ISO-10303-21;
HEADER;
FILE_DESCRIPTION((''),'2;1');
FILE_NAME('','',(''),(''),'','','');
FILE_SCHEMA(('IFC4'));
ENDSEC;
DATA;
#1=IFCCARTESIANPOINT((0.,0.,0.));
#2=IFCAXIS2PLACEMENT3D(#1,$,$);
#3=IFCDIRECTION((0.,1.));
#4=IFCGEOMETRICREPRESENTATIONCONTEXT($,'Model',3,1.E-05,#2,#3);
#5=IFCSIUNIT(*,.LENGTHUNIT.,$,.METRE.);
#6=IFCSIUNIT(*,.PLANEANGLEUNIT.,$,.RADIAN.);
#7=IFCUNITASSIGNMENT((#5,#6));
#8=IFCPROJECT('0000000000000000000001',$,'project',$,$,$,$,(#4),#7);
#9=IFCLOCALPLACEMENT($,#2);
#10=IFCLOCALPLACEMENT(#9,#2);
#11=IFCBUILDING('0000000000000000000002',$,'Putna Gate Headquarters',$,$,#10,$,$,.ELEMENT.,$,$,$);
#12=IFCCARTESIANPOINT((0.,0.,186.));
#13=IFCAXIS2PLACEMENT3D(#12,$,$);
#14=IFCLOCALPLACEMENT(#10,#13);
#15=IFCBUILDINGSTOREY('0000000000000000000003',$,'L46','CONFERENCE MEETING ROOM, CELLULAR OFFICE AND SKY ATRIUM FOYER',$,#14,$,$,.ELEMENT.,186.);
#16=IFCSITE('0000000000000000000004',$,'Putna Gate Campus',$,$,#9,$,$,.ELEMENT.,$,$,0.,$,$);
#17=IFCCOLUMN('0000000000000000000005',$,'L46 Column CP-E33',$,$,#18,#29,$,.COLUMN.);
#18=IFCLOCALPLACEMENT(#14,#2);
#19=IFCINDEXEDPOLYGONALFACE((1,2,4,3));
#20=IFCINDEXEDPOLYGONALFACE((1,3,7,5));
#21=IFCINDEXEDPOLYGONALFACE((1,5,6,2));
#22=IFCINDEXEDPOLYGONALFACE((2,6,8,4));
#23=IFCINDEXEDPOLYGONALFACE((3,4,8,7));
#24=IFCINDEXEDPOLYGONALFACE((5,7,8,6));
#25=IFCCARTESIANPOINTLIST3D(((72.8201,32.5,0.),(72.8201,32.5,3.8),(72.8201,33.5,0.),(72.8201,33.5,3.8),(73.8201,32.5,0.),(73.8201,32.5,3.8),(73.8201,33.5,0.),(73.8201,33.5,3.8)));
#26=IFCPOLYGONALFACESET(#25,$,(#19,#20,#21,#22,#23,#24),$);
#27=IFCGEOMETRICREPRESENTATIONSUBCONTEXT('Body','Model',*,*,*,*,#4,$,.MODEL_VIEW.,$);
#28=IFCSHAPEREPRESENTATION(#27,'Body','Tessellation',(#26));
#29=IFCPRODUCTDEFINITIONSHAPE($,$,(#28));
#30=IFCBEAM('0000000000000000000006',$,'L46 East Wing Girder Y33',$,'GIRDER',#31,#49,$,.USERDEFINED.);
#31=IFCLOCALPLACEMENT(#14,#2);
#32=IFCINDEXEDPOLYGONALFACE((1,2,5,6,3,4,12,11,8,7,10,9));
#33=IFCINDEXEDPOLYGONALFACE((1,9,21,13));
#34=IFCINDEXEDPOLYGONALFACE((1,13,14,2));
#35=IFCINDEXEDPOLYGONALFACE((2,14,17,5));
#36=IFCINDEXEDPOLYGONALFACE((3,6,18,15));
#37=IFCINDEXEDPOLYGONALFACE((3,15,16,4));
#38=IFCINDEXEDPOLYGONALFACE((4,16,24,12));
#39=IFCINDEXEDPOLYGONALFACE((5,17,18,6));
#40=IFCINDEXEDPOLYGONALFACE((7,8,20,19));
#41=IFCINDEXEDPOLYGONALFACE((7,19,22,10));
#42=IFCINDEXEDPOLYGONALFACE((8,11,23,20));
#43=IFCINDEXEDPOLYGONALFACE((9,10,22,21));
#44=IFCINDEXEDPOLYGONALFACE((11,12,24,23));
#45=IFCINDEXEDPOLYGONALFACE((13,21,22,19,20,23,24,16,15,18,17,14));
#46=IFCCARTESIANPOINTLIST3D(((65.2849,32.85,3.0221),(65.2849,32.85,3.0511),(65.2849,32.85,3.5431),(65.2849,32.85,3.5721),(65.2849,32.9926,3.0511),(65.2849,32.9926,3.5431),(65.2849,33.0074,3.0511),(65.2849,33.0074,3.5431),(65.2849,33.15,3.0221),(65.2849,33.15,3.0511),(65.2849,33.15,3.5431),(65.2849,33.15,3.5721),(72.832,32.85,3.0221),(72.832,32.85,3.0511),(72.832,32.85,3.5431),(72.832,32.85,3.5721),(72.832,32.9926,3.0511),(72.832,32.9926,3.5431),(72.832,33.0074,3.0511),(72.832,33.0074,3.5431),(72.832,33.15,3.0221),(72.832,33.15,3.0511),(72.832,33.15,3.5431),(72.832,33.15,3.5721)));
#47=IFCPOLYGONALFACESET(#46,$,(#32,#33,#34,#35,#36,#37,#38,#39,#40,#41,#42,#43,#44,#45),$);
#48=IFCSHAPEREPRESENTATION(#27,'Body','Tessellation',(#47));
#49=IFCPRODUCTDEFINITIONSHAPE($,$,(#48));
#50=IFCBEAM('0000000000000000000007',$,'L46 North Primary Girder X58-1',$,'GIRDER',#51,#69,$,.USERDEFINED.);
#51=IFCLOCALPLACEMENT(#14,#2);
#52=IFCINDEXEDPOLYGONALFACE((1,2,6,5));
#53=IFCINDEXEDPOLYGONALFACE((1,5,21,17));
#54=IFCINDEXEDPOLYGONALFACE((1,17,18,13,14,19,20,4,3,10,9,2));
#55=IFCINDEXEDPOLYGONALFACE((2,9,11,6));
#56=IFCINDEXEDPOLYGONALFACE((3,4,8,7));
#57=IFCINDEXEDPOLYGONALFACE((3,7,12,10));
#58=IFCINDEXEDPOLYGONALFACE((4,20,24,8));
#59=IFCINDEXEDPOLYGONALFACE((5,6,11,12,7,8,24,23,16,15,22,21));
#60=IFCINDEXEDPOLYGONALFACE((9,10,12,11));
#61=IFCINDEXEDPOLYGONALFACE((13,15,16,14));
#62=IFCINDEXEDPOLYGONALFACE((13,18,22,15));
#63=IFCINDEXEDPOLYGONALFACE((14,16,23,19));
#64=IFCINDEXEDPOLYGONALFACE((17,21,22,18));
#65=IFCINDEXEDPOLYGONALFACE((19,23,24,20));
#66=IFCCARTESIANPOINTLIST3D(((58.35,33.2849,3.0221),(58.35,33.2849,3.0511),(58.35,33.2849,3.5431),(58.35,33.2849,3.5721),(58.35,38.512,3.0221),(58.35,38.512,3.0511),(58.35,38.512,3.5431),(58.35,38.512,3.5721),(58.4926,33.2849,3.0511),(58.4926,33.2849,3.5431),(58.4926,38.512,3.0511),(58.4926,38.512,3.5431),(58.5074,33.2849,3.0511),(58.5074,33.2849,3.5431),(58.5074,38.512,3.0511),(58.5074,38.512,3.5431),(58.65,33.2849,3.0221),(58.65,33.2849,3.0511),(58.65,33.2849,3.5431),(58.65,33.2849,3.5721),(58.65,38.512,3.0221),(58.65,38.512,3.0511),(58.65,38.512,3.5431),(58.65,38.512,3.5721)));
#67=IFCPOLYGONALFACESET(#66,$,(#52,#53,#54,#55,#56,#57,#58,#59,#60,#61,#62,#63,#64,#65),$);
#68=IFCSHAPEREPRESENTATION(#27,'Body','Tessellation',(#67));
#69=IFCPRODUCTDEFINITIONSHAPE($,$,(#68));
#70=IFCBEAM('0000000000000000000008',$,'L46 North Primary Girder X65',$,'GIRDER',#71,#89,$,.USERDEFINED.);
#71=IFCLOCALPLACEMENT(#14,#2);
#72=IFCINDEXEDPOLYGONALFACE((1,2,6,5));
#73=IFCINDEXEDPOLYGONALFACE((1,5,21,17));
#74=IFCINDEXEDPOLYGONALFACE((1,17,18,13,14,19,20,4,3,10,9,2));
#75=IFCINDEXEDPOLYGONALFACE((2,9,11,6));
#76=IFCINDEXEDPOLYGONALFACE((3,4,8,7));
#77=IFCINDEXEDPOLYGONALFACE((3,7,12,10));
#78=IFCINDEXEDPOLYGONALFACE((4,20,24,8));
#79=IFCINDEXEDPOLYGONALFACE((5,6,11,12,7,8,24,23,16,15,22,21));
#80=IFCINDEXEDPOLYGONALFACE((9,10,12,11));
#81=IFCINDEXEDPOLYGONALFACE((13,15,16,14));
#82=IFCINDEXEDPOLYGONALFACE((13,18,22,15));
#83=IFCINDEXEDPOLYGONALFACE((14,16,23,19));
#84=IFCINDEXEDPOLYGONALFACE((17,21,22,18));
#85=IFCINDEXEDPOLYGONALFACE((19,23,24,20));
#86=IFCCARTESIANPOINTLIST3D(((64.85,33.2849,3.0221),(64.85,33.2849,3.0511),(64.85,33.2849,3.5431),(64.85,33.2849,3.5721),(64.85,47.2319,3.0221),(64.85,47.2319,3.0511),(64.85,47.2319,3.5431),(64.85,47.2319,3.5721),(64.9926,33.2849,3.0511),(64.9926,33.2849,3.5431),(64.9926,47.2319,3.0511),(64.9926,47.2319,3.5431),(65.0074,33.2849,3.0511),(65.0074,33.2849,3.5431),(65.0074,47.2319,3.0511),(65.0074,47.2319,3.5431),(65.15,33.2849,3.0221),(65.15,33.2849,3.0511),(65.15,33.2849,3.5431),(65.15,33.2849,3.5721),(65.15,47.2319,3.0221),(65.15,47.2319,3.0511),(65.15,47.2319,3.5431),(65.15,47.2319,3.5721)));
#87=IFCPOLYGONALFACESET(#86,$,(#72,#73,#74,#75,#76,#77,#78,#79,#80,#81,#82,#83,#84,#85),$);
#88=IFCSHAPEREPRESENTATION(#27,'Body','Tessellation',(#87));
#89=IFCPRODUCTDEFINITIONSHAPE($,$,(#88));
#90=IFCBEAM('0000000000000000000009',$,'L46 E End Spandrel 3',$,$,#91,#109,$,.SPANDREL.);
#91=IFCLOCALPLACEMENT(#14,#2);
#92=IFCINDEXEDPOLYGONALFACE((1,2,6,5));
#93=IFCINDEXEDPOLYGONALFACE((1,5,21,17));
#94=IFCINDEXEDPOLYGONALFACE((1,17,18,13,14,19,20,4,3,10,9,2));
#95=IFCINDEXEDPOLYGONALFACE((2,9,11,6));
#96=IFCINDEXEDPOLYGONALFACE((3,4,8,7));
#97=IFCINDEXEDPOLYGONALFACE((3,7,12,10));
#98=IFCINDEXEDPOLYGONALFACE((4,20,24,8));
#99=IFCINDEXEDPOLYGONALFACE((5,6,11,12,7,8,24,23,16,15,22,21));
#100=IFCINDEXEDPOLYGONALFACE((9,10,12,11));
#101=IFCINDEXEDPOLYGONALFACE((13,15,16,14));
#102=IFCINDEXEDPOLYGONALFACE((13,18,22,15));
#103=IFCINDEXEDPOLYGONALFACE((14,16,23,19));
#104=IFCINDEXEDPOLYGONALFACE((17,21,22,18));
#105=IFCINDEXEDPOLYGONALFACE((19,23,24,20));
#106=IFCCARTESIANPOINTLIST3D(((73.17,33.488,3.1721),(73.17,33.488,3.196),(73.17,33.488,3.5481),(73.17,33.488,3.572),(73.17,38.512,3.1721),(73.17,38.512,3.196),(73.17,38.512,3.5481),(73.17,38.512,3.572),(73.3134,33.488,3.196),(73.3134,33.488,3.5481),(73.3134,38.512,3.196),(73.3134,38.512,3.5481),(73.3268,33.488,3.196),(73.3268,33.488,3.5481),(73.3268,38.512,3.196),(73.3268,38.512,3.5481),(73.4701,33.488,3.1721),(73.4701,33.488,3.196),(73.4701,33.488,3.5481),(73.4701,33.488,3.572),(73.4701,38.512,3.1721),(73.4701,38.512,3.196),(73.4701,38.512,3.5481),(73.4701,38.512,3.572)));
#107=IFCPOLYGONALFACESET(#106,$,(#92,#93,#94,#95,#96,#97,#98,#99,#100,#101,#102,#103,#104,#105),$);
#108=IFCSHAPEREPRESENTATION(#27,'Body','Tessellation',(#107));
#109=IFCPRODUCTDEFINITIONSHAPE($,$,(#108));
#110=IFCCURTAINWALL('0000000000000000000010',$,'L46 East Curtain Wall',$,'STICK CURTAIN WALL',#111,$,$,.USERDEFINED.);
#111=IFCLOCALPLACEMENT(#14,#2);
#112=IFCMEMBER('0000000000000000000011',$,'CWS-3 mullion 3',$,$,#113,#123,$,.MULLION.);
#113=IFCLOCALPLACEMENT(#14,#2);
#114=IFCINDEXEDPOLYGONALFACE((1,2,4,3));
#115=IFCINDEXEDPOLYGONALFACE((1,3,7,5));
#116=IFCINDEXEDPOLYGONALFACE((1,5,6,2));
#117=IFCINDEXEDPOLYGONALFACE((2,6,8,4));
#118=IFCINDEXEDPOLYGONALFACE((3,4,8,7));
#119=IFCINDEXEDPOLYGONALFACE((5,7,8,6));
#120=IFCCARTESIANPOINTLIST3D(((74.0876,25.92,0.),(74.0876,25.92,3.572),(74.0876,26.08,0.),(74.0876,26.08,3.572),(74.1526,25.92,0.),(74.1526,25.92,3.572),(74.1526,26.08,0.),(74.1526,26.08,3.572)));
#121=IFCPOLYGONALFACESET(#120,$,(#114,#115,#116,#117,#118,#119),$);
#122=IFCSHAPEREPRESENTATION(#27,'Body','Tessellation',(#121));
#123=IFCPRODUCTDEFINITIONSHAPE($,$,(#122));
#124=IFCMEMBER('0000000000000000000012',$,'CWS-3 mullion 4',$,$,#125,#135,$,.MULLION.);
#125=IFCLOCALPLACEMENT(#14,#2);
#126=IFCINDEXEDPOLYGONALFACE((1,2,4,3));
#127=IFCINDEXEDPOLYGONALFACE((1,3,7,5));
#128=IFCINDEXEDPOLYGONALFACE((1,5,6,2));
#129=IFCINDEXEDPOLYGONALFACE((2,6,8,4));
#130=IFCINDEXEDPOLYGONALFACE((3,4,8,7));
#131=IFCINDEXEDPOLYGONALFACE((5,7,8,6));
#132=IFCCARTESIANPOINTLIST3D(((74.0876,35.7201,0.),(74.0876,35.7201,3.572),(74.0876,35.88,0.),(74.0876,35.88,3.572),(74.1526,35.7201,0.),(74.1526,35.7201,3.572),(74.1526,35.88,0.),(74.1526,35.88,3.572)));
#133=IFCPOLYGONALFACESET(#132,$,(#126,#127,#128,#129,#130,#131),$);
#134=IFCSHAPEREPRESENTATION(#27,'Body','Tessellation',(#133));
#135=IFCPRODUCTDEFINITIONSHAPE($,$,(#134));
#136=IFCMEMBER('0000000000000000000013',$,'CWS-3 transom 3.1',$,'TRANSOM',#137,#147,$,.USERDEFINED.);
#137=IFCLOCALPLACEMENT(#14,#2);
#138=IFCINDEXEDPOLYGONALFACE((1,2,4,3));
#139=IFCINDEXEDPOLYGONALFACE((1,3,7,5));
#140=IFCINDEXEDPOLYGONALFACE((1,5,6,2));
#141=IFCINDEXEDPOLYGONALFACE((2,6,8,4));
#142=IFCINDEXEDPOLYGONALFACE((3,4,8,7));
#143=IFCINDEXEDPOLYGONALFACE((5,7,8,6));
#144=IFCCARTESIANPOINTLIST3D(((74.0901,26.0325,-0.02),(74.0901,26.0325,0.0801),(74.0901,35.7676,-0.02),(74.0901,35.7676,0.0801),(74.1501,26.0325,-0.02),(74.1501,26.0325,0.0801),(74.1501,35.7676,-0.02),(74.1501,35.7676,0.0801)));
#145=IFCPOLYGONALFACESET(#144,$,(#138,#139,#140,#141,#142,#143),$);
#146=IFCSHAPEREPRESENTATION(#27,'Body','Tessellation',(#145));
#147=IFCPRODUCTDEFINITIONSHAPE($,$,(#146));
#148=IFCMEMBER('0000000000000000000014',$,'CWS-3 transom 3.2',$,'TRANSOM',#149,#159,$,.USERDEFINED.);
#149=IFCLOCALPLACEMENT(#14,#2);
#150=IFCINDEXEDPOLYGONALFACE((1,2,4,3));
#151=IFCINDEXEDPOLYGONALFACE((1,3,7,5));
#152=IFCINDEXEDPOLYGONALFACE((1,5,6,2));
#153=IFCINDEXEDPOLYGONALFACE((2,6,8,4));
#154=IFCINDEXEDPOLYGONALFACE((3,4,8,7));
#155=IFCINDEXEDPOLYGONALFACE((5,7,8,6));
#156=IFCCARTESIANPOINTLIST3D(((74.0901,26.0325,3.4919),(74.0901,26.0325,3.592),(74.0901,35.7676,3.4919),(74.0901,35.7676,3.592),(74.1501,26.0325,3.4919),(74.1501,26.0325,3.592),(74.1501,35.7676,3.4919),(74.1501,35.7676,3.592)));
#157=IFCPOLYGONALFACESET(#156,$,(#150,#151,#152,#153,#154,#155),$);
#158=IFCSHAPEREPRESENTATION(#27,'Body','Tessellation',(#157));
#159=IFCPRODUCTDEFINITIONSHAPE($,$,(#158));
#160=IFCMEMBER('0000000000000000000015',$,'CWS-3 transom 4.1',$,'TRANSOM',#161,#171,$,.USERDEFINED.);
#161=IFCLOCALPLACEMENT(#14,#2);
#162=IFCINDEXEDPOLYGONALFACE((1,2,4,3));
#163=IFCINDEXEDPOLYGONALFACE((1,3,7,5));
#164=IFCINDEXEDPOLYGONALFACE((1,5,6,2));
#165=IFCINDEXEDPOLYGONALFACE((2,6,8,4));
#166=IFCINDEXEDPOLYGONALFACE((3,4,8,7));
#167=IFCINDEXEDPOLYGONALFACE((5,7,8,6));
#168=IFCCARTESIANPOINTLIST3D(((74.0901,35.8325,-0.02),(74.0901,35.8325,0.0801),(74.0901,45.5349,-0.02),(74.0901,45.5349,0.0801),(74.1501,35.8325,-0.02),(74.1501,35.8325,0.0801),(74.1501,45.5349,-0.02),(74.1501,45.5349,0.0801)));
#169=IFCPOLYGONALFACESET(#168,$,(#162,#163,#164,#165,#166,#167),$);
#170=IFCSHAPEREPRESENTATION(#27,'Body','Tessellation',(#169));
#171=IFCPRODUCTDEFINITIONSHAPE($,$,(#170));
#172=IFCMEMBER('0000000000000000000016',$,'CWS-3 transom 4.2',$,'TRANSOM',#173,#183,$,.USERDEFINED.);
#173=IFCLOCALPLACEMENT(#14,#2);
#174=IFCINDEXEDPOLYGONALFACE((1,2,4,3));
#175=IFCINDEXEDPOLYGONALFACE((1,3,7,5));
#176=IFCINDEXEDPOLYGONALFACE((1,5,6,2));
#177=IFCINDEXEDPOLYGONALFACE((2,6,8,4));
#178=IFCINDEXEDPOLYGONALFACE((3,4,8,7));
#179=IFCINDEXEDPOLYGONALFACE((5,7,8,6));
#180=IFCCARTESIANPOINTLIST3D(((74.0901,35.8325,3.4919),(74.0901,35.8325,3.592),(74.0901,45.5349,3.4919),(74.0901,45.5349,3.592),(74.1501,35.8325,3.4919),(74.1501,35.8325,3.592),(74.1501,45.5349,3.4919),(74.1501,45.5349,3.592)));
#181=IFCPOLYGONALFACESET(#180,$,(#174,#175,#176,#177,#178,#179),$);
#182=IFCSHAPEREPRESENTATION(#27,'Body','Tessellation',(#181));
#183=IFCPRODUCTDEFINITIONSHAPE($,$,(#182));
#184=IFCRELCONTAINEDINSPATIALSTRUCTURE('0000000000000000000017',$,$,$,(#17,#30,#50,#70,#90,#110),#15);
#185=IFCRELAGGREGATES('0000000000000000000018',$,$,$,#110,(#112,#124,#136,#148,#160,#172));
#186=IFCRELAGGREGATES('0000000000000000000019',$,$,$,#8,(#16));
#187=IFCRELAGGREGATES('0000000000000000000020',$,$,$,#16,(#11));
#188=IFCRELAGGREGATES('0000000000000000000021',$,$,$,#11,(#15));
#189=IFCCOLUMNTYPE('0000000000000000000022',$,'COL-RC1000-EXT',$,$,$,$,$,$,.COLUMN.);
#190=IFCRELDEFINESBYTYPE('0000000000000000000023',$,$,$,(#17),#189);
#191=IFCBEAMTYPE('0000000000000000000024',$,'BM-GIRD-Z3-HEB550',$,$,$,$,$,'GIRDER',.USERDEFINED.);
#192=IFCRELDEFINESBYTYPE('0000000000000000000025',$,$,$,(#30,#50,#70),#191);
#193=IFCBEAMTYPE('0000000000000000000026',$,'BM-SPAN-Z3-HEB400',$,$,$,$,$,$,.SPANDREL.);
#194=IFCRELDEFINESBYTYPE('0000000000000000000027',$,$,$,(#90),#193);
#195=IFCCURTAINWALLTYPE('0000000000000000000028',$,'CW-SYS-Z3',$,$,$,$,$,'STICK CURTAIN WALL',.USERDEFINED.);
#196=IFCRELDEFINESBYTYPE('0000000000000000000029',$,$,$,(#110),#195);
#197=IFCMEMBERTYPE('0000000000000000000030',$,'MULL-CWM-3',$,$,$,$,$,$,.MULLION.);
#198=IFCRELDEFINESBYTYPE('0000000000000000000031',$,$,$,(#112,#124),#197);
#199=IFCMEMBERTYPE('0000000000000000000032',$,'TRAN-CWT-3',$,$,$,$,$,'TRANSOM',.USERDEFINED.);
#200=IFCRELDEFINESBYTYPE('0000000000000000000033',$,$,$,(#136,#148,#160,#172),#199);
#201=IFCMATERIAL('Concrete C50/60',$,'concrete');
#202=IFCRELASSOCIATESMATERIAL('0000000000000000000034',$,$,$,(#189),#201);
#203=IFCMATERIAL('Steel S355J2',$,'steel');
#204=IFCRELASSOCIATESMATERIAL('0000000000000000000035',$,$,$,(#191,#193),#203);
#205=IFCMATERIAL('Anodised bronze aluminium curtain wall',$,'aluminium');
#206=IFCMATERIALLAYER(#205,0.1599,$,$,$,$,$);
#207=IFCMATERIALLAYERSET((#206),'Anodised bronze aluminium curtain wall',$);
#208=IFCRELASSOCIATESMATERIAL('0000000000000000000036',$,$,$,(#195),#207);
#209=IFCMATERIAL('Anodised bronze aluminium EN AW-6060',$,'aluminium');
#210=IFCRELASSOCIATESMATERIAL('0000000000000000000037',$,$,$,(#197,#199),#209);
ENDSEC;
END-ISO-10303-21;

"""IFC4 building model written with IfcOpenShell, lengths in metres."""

from ifc_helpers import new_model, si_unit, direction, frame, origin, origin_2d, place, context, subcontext, project, spatial, rectangle, i_section, extrude, material, layer, layer_set, material_profile, profile_set, type_object, element, aggregate, save


model = new_model("IFC4")

# Units and contexts
model_context = context("Model", 3, precision=1e-05, world=origin(), true_north=direction((0.0, 1.0)))
body_context = subcontext(model_context, "Body", "Model", "MODEL_VIEW")
ifc_project = project(units=[si_unit("LENGTHUNIT", "METRE"), si_unit("PLANEANGLEUNIT", "RADIAN")], contexts=[model_context])

# Site, building, storey
site_placement = place(None, origin())
site = spatial("IfcSite", under=ifc_project, at=site_placement, Name="Putna Gate Campus", CompositionType="ELEMENT", RefElevation=0.0)
building_placement = place(site_placement, origin())
building = spatial("IfcBuilding", under=site, at=building_placement, Name="Putna Gate Headquarters", CompositionType="ELEMENT")
storey_placement = place(building_placement, frame((0.0, 0.0, 186.0)))
storey = spatial("IfcBuildingStorey", under=building, at=storey_placement, Name="L46", Description="CONFERENCE MEETING ROOM, CELLULAR OFFICE AND SKY ATRIUM FOYER", CompositionType="ELEMENT", Elevation=186.0)

# Column
ifc_material_1 = material(Name="Concrete C50/60", Category="concrete")
ifc_material_profile_1 = material_profile(ifc_material_1, rectangle(XDim=1.0, YDim=1.0, at=origin_2d()), Name="Concrete C50/60")
ifc_profile_set_1 = profile_set([ifc_material_profile_1], Name="Concrete C50/60")
column_type = type_object("IfcColumnType", Name="COL-RC1000-EXT", PredefinedType="COLUMN", material=ifc_profile_set_1)
column_placement = place(storey_placement, frame((73.3201, 33.0, 0.0), z_axis=(0.0, 0.0, 1.0), x_axis=(1.0, 0.0, 0.0)))
element("IfcColumn", 1, at=column_placement, inside=storey, type_object=column_type, Name="L46 Column CP-E33", PredefinedType="COLUMN", context=body_context, shape_type="SweptSolid", body=[
    extrude(rectangle(XDim=1.0, YDim=1.0, at=origin_2d()), origin(), (0.0, 0.0, 1.0), 3.8),
])

# Beams
ifc_material_2 = material(Name="Steel S355J2", Category="steel")
ifc_material_profile_2 = material_profile(ifc_material_2, i_section(OverallWidth=0.3, OverallDepth=0.55, WebThickness=0.0149, FlangeThickness=0.0291, at=origin_2d()), Name="Steel S355J2")
ifc_profile_set_2 = profile_set([ifc_material_profile_2], Name="Steel S355J2")
beam_type_1 = type_object("IfcBeamType", Name="BM-GIRD-Z3-HEB550", ElementType="GIRDER", PredefinedType="USERDEFINED", material=ifc_profile_set_2)
beam_1_placement = place(storey_placement, frame((65.2849, 33.0, 3.2971), z_axis=(1.0, 0.0, 0.0), x_axis=(0.0, 1.0, 0.0)))
element("IfcBeam", 2, at=beam_1_placement, inside=storey, type_object=beam_type_1, Name="L46 East Wing Girder Y33", ObjectType="GIRDER", PredefinedType="USERDEFINED", context=body_context, shape_type="SweptSolid", body=[
    extrude(i_section(OverallWidth=0.3, OverallDepth=0.55, WebThickness=0.0149, FlangeThickness=0.0291, at=origin_2d()), origin(), (0.0, 0.0, 1.0), 7.5471),
])
beam_2_placement = place(storey_placement, frame((58.5, 33.2849, 3.2971), z_axis=(0.0, 1.0, 0.0), x_axis=(-1.0, 0.0, 0.0)))
element("IfcBeam", 3, at=beam_2_placement, inside=storey, type_object=beam_type_1, Name="L46 North Primary Girder X58-1", ObjectType="GIRDER", PredefinedType="USERDEFINED", context=body_context, shape_type="SweptSolid", body=[
    extrude(i_section(OverallWidth=0.3, OverallDepth=0.55, WebThickness=0.0149, FlangeThickness=0.0291, at=origin_2d()), origin(), (0.0, 0.0, 1.0), 5.2271),
])
beam_3_placement = place(storey_placement, frame((65.0, 33.2849, 3.2971), z_axis=(0.0, 1.0, 0.0), x_axis=(-1.0, 0.0, 0.0)))
element("IfcBeam", 4, at=beam_3_placement, inside=storey, type_object=beam_type_1, Name="L46 North Primary Girder X65", ObjectType="GIRDER", PredefinedType="USERDEFINED", context=body_context, shape_type="SweptSolid", body=[
    extrude(i_section(OverallWidth=0.3, OverallDepth=0.55, WebThickness=0.0149, FlangeThickness=0.0291, at=origin_2d()), origin(), (0.0, 0.0, 1.0), 13.947),
])
ifc_material_profile_3 = material_profile(ifc_material_2, i_section(OverallWidth=0.3, OverallDepth=0.3999, WebThickness=0.0134, FlangeThickness=0.0239, at=origin_2d()), Name="Steel S355J2")
ifc_profile_set_3 = profile_set([ifc_material_profile_3], Name="Steel S355J2")
beam_type_2 = type_object("IfcBeamType", Name="BM-SPAN-Z3-HEB400", PredefinedType="SPANDREL", material=ifc_profile_set_3)
beam_4_placement = place(storey_placement, frame((73.3201, 33.488, 3.3721), z_axis=(0.0, 1.0, 0.0), x_axis=(-1.0, 0.0, 0.0)))
element("IfcBeam", 5, at=beam_4_placement, inside=storey, type_object=beam_type_2, Name="L46 E End Spandrel 3", PredefinedType="SPANDREL", context=body_context, shape_type="SweptSolid", body=[
    extrude(i_section(OverallWidth=0.3, OverallDepth=0.3999, WebThickness=0.0134, FlangeThickness=0.0239, at=origin_2d()), origin(), (0.0, 0.0, 1.0), 5.0239),
])

# Curtain wall, members
ifc_material_3 = material(Name="Anodised bronze aluminium curtain wall", Category="aluminium")
ifc_layer_1 = layer(ifc_material_3, 0.1599)
ifc_layer_set_1 = layer_set([ifc_layer_1], Name="Anodised bronze aluminium curtain wall")
curtain_wall_type = type_object("IfcCurtainWallType", Name="CW-SYS-Z3", ElementType="STICK CURTAIN WALL", PredefinedType="USERDEFINED", material=ifc_layer_set_1)
curtain_wall_placement = place(storey_placement, origin())
curtain_wall = element("IfcCurtainWall", 6, at=curtain_wall_placement, inside=storey, type_object=curtain_wall_type, Name="L46 East Curtain Wall", ObjectType="STICK CURTAIN WALL", PredefinedType="USERDEFINED")
ifc_material_4 = material(Name="Anodised bronze aluminium EN AW-6060", Category="aluminium")
ifc_material_profile_4 = material_profile(ifc_material_4, rectangle(XDim=0.0649, YDim=0.1599, at=origin_2d()), Name="Anodised bronze aluminium EN AW-6060")
ifc_profile_set_4 = profile_set([ifc_material_profile_4], Name="Anodised bronze aluminium EN AW-6060")
member_type_1 = type_object("IfcMemberType", Name="MULL-CWM-3", PredefinedType="MULLION", material=ifc_profile_set_4)
member_1_placement = place(storey_placement, frame((74.1201, 26.0, 0.0), z_axis=(0.0, 0.0, 1.0), x_axis=(-1.0, 0.0, 0.0)))
member_1 = element("IfcMember", 7, at=member_1_placement, type_object=member_type_1, Name="CWS-3 mullion 3", PredefinedType="MULLION", context=body_context, shape_type="SweptSolid", body=[
    extrude(rectangle(XDim=0.0649, YDim=0.1599, at=origin_2d()), origin(), (0.0, 0.0, 1.0), 3.572),
])
member_2_placement = place(storey_placement, frame((74.1201, 35.8, 0.0), z_axis=(0.0, 0.0, 1.0), x_axis=(-1.0, 0.0, 0.0)))
member_2 = element("IfcMember", 8, at=member_2_placement, type_object=member_type_1, Name="CWS-3 mullion 4", PredefinedType="MULLION", context=body_context, shape_type="SweptSolid", body=[
    extrude(rectangle(XDim=0.0649, YDim=0.1599, at=origin_2d()), origin(), (0.0, 0.0, 1.0), 3.572),
])
ifc_material_profile_5 = material_profile(ifc_material_4, rectangle(XDim=0.0601, YDim=0.1001, at=origin_2d()), Name="Anodised bronze aluminium EN AW-6060")
ifc_profile_set_5 = profile_set([ifc_material_profile_5], Name="Anodised bronze aluminium EN AW-6060")
member_type_2 = type_object("IfcMemberType", Name="TRAN-CWT-3", ElementType="TRANSOM", PredefinedType="USERDEFINED", material=ifc_profile_set_5)
member_3_placement = place(storey_placement, frame((74.1201, 26.0325, 0.03), z_axis=(0.0, 1.0, 0.0), x_axis=(-1.0, 0.0, 0.0)))
member_3 = element("IfcMember", 9, at=member_3_placement, type_object=member_type_2, Name="CWS-3 transom 3.1", ObjectType="TRANSOM", PredefinedType="USERDEFINED", context=body_context, shape_type="SweptSolid", body=[
    extrude(rectangle(XDim=0.0601, YDim=0.1001, at=origin_2d()), origin(), (0.0, 0.0, 1.0), 9.7351),
])
member_4_placement = place(storey_placement, frame((74.1201, 26.0325, 3.542), z_axis=(0.0, 1.0, 0.0), x_axis=(-1.0, 0.0, 0.0)))
member_4 = element("IfcMember", 10, at=member_4_placement, type_object=member_type_2, Name="CWS-3 transom 3.2", ObjectType="TRANSOM", PredefinedType="USERDEFINED", context=body_context, shape_type="SweptSolid", body=[
    extrude(rectangle(XDim=0.0601, YDim=0.1001, at=origin_2d()), origin(), (0.0, 0.0, 1.0), 9.7351),
])
member_5_placement = place(storey_placement, frame((74.1201, 35.8325, 0.03), z_axis=(0.0, 1.0, 0.0), x_axis=(-1.0, 0.0, 0.0)))
member_5 = element("IfcMember", 11, at=member_5_placement, type_object=member_type_2, Name="CWS-3 transom 4.1", ObjectType="TRANSOM", PredefinedType="USERDEFINED", context=body_context, shape_type="SweptSolid", body=[
    extrude(rectangle(XDim=0.0601, YDim=0.1001, at=origin_2d()), origin(), (0.0, 0.0, 1.0), 9.7024),
])
member_6_placement = place(storey_placement, frame((74.1201, 35.8325, 3.542), z_axis=(0.0, 1.0, 0.0), x_axis=(-1.0, 0.0, 0.0)))
member_6 = element("IfcMember", 12, at=member_6_placement, type_object=member_type_2, Name="CWS-3 transom 4.2", ObjectType="TRANSOM", PredefinedType="USERDEFINED", context=body_context, shape_type="SweptSolid", body=[
    extrude(rectangle(XDim=0.0601, YDim=0.1001, at=origin_2d()), origin(), (0.0, 0.0, 1.0), 9.7024),
])
aggregate(curtain_wall, [member_1, member_2, member_3, member_4, member_5, member_6])

save(model, "model.ifc")
